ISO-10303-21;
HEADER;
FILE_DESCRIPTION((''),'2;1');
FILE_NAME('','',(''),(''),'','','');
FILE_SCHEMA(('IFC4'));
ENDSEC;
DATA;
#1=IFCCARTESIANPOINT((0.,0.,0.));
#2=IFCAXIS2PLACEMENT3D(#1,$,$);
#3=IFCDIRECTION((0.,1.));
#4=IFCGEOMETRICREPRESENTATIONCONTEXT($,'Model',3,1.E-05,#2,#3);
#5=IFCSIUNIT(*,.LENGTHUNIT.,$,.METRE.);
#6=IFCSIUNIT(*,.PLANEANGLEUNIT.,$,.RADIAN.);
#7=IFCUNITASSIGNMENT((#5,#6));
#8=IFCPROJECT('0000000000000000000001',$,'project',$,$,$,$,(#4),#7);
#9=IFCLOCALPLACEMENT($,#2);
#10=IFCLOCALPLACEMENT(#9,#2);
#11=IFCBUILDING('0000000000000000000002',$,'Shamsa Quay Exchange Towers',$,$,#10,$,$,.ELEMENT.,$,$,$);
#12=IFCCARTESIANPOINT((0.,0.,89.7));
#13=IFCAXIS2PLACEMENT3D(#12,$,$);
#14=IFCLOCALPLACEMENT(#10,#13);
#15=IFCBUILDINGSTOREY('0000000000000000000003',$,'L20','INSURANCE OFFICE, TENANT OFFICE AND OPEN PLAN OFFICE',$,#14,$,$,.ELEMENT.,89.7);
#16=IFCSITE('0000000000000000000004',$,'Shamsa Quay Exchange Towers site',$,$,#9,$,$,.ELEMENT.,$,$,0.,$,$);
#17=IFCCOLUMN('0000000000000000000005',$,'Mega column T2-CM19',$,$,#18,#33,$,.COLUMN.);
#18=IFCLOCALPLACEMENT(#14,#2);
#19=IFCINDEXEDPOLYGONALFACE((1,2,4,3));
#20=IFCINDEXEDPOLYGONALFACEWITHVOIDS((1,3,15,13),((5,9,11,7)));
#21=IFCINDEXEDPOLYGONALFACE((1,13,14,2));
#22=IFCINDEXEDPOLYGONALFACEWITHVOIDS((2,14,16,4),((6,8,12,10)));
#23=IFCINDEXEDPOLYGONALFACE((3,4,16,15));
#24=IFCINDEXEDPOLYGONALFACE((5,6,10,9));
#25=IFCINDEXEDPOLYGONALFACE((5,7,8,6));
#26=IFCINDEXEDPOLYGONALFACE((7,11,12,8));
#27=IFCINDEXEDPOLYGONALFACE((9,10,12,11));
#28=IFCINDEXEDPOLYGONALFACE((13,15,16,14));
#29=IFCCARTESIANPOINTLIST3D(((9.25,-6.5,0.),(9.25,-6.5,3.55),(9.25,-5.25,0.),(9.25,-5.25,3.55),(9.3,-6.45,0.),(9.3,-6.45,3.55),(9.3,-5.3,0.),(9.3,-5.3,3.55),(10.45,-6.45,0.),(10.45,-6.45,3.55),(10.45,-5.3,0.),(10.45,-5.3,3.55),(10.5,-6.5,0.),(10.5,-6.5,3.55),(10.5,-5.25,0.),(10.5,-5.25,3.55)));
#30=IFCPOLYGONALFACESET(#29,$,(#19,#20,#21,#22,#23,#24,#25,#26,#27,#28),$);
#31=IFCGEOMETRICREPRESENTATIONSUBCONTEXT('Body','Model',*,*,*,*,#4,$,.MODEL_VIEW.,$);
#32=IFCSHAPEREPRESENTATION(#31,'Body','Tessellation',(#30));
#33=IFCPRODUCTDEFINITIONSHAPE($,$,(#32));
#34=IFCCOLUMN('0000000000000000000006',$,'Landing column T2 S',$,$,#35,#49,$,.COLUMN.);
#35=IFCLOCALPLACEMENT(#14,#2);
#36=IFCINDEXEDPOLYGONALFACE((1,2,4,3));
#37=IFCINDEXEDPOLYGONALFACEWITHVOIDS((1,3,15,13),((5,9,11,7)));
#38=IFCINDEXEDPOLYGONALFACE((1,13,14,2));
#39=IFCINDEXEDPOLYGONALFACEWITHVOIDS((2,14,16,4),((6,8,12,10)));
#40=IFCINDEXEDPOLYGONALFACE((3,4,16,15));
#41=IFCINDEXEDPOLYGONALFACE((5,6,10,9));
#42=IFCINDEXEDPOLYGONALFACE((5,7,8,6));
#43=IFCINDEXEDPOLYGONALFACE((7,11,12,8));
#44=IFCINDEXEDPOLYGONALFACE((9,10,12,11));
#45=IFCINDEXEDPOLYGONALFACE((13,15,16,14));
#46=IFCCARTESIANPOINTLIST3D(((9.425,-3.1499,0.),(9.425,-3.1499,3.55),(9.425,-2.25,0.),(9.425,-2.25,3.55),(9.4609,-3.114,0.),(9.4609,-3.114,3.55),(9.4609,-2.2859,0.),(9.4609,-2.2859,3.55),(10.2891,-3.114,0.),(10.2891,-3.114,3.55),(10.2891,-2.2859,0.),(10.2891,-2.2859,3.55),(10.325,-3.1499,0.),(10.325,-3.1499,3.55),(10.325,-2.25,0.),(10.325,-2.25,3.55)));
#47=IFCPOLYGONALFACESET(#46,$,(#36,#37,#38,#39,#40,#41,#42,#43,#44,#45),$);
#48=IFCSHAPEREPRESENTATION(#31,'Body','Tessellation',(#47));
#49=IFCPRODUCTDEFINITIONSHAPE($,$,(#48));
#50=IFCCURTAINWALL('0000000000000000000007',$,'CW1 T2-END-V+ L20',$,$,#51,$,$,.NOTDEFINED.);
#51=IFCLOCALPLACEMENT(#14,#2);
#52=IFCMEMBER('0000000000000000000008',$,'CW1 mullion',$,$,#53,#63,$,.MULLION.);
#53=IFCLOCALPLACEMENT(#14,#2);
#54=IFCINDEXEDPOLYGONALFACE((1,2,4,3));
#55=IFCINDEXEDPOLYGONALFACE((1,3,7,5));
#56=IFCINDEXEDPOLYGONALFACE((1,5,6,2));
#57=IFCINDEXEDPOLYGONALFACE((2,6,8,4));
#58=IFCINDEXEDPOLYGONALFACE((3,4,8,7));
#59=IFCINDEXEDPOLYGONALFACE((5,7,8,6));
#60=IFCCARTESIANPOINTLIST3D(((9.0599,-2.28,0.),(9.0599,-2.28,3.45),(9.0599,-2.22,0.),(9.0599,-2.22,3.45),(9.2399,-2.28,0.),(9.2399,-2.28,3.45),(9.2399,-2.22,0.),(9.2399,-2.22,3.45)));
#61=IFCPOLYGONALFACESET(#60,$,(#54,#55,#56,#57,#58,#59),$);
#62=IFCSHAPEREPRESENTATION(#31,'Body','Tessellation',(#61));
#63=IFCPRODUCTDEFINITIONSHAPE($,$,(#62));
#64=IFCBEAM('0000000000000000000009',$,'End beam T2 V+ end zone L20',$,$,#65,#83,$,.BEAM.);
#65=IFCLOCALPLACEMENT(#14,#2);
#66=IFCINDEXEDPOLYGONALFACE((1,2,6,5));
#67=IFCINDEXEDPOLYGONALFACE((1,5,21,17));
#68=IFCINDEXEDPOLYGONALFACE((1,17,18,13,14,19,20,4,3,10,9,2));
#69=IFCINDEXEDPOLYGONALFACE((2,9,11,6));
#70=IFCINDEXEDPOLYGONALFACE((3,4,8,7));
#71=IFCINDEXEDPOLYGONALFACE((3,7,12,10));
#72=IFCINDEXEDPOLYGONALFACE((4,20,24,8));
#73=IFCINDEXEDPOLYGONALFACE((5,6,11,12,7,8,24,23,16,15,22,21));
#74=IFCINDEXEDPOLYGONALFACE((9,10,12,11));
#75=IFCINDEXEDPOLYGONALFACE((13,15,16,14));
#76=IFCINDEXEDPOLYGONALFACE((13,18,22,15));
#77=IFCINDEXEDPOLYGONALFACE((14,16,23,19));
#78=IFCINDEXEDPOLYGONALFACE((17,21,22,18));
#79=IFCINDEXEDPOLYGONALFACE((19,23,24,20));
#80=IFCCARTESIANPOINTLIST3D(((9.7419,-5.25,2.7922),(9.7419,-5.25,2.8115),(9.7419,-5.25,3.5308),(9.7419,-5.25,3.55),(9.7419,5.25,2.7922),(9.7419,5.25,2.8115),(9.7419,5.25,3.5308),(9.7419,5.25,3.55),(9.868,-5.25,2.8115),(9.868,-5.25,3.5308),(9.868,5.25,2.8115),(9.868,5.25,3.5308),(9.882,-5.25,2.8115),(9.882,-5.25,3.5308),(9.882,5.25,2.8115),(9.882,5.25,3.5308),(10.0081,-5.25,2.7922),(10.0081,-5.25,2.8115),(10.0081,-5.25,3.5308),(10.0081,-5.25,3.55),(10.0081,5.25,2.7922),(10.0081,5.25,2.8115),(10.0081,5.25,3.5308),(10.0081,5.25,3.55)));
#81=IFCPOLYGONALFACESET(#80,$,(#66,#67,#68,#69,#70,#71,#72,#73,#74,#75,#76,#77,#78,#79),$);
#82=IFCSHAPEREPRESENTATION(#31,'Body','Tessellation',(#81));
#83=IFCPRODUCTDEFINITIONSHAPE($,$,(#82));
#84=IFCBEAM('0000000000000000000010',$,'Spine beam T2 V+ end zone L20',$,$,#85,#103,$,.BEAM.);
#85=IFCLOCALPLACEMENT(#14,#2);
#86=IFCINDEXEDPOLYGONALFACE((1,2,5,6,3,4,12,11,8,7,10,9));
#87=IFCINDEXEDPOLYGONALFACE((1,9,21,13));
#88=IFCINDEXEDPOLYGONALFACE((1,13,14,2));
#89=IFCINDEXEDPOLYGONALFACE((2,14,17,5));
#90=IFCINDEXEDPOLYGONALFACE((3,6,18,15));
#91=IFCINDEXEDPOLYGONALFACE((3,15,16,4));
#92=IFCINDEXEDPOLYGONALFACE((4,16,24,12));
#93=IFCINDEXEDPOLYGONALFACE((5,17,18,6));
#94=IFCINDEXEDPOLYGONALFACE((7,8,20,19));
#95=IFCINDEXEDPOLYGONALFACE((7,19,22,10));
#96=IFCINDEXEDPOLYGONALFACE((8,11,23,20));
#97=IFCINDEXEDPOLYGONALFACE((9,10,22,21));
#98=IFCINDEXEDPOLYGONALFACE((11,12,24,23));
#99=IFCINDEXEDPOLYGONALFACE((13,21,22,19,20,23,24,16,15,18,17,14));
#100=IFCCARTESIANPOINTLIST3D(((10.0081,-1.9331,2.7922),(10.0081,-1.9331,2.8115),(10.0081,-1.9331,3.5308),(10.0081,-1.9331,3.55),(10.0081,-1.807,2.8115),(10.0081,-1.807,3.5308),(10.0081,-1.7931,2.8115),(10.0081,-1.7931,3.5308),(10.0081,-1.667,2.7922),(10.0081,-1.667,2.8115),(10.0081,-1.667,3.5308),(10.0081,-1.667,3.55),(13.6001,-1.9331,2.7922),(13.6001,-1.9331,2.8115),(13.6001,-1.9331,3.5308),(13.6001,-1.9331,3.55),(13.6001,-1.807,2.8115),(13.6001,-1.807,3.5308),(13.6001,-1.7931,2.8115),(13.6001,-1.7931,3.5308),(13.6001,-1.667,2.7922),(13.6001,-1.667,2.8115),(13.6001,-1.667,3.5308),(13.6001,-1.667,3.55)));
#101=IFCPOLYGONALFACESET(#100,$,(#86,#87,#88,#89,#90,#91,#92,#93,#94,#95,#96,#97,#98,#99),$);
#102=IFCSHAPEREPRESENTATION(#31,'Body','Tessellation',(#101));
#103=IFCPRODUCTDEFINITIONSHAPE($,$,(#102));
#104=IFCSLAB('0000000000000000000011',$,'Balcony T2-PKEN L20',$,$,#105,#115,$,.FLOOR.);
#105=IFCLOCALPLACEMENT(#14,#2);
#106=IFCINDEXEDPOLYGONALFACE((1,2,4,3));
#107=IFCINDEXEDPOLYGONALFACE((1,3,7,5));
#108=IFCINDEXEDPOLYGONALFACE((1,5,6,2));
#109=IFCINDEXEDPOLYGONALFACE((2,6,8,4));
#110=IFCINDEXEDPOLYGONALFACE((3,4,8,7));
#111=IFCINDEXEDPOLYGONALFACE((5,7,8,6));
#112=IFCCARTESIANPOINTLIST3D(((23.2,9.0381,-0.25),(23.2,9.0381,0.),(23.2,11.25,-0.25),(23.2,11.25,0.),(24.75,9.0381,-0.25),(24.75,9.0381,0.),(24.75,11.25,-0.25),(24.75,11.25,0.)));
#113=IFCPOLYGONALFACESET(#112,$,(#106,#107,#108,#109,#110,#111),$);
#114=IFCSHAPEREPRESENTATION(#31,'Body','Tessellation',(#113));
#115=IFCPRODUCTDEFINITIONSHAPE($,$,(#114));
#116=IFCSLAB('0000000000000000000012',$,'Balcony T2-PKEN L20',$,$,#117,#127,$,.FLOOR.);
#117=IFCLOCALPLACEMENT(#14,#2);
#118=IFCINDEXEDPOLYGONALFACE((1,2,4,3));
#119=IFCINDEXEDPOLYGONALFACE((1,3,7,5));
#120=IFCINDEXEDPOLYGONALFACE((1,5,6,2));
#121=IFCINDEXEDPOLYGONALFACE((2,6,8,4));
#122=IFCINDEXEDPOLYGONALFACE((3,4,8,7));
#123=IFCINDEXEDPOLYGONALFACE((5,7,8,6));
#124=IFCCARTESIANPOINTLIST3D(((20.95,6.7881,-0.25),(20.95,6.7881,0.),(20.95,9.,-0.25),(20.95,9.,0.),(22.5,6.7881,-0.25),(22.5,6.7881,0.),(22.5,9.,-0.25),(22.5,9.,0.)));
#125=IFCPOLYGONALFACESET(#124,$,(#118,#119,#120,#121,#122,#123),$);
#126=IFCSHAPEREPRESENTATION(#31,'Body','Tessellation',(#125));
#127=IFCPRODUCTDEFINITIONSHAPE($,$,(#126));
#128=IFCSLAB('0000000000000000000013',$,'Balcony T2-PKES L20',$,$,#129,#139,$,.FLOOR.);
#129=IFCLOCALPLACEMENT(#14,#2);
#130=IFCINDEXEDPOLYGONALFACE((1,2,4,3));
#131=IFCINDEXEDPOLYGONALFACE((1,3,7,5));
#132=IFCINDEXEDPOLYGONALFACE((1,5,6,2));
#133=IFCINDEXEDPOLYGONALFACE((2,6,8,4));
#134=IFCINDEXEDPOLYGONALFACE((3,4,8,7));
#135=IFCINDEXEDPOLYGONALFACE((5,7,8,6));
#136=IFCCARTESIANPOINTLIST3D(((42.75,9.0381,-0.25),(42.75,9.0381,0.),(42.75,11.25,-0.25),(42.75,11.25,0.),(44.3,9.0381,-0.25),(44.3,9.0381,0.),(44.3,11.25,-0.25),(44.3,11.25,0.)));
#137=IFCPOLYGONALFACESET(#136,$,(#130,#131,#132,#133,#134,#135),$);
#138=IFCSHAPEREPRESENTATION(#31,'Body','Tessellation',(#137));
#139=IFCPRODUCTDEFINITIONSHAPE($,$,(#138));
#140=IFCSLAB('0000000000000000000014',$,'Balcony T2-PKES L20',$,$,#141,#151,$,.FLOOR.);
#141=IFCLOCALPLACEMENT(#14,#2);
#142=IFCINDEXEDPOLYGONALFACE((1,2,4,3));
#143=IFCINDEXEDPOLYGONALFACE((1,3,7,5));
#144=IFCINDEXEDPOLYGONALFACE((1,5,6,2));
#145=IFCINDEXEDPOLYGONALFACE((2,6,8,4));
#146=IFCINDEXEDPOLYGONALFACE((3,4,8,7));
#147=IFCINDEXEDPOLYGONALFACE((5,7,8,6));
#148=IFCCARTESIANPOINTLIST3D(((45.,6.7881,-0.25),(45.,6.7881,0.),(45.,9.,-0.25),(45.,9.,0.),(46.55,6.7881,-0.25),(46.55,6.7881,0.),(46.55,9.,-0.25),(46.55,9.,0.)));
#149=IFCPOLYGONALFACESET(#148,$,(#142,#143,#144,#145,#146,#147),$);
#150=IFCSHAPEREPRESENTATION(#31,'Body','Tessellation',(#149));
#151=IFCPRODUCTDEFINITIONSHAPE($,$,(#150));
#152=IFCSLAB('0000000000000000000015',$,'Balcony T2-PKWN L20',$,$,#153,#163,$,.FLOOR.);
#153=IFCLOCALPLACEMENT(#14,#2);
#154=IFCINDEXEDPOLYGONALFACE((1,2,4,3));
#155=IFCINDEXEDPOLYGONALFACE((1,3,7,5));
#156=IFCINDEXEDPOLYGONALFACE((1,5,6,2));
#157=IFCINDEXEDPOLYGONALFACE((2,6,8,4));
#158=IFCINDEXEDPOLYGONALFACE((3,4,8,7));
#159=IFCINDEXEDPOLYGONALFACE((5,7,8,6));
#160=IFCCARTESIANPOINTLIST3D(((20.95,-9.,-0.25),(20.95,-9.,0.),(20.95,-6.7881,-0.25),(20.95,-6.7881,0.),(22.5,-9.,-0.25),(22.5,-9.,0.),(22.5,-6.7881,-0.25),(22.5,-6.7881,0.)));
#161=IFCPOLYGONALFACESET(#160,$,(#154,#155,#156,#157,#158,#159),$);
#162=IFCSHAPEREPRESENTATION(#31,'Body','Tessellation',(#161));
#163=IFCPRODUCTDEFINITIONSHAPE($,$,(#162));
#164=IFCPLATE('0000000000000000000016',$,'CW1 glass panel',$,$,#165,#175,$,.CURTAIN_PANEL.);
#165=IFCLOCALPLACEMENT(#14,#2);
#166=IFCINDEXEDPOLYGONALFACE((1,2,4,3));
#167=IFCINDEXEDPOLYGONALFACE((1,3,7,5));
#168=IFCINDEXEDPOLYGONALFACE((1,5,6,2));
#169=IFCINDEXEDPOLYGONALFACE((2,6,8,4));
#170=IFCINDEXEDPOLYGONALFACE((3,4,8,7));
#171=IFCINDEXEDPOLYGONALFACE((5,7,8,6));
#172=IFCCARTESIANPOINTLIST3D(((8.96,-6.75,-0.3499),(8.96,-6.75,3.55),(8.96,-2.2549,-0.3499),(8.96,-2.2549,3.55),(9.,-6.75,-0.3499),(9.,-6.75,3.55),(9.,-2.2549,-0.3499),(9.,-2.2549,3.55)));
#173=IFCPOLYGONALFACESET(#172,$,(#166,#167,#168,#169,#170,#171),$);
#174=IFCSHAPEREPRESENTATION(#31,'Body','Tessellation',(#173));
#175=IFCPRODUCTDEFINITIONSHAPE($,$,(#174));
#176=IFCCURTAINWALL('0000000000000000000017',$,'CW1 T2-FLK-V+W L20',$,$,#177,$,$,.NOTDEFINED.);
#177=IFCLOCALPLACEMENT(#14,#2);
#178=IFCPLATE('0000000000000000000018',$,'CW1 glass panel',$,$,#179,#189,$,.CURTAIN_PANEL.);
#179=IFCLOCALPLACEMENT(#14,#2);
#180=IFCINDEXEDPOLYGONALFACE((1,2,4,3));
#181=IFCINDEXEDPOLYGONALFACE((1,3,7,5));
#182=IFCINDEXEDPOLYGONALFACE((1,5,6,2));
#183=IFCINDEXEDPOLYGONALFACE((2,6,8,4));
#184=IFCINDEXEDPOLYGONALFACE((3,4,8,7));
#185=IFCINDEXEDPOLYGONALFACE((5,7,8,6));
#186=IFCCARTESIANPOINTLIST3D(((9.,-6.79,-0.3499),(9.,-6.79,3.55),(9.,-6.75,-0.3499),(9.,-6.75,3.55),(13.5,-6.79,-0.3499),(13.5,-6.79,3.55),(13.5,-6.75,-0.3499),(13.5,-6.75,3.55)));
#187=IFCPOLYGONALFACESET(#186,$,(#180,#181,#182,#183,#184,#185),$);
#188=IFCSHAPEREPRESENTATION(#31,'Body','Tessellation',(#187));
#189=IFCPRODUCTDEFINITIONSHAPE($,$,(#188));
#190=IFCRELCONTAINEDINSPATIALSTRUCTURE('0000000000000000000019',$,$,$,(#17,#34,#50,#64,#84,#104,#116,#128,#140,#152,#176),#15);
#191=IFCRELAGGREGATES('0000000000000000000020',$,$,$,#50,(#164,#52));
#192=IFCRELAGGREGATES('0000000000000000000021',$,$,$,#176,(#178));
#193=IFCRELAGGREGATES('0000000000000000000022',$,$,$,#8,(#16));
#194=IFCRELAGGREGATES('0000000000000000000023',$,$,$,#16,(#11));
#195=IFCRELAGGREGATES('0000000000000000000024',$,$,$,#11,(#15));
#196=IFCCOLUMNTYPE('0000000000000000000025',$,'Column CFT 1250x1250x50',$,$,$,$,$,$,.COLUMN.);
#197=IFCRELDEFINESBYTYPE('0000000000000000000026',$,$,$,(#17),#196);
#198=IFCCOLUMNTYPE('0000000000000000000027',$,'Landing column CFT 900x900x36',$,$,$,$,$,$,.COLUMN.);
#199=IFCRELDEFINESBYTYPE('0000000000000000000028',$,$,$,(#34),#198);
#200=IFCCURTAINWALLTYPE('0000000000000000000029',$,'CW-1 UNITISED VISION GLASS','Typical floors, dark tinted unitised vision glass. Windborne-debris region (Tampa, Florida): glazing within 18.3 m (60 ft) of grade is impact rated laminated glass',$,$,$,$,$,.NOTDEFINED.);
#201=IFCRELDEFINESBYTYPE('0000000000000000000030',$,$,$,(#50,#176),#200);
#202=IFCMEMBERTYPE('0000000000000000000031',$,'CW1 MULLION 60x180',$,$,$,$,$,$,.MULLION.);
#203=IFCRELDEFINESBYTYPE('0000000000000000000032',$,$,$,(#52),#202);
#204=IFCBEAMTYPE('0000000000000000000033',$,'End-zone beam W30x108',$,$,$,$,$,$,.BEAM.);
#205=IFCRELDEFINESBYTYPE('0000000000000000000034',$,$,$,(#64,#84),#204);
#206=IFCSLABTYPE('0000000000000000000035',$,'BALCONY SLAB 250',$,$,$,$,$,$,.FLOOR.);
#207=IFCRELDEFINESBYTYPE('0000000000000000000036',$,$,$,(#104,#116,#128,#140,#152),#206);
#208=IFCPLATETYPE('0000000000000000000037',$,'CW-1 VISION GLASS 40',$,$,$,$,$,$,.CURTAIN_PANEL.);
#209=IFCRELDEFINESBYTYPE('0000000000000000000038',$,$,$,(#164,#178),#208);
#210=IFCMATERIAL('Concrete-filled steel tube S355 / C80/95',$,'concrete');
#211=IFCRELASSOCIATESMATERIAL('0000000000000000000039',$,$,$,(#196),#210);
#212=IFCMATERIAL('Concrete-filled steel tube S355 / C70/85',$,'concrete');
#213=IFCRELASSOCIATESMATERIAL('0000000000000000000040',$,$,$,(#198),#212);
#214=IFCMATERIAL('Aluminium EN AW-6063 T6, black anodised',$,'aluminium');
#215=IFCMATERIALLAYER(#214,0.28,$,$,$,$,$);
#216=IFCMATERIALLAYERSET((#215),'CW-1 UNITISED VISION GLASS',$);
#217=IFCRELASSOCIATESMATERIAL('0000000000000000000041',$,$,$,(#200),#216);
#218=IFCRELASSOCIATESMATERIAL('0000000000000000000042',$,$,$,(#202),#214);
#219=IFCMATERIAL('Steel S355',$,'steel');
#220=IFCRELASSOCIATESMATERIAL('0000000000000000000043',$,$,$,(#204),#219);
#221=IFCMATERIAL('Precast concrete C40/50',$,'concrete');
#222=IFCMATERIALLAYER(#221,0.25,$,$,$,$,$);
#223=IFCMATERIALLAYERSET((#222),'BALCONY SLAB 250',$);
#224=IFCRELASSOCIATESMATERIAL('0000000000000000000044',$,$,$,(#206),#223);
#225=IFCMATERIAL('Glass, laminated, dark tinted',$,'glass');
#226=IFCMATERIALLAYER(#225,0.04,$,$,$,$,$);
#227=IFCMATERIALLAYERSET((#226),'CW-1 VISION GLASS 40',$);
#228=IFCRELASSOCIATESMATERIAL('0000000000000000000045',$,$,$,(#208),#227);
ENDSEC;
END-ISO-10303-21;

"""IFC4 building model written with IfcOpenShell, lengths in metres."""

from ifc_helpers import new_model, si_unit, direction, frame, origin, origin_2d, place, context, subcontext, project, spatial, polyline, rectangle, hollow_rectangle, i_section, outline, extrude, material, layer, layer_set, material_profile, profile_set, type_object, element, aggregate, save


model = new_model("IFC4")

# Units and contexts
model_context = context("Model", 3, precision=1e-05, world=origin(), true_north=direction((0.0, 1.0)))
body_context = subcontext(model_context, "Body", "Model", "MODEL_VIEW")
ifc_project = project(units=[si_unit("LENGTHUNIT", "METRE"), si_unit("PLANEANGLEUNIT", "RADIAN")], contexts=[model_context])

# Site, building, storey
site_placement = place(None, origin())
site = spatial("IfcSite", under=ifc_project, at=site_placement, Name="Shamsa Quay Exchange Towers site", CompositionType="ELEMENT", RefElevation=0.0)
building_placement = place(site_placement, origin())
building = spatial("IfcBuilding", under=site, at=building_placement, Name="Shamsa Quay Exchange Towers", CompositionType="ELEMENT")
storey_placement = place(building_placement, frame((0.0, 0.0, 89.7)))
storey = spatial("IfcBuildingStorey", under=building, at=storey_placement, Name="L20", Description="INSURANCE OFFICE, TENANT OFFICE AND OPEN PLAN OFFICE", CompositionType="ELEMENT", Elevation=89.7)

# Columns
ifc_material_1 = material(Name="Concrete-filled steel tube S355 / C80/95", Category="concrete")
ifc_material_profile_1 = material_profile(ifc_material_1, hollow_rectangle(XDim=1.25, YDim=1.25, WallThickness=0.05, at=origin_2d()), Name="CFT 1250x1250x50")
ifc_profile_set_1 = profile_set([ifc_material_profile_1], Name="Concrete-filled steel tube S355 / C80/95")
column_type_1 = type_object("IfcColumnType", Name="Column CFT 1250x1250x50", PredefinedType="COLUMN", material=ifc_profile_set_1)
column_1_placement = place(storey_placement, frame((9.875, -5.875, 0.0)))
element("IfcColumn", 1, at=column_1_placement, inside=storey, type_object=column_type_1, Name="Mega column T2-CM19", PredefinedType="COLUMN", context=body_context, shape_type="SweptSolid", body=[
    extrude(hollow_rectangle(XDim=1.25, YDim=1.25, WallThickness=0.05, at=origin_2d()), origin(), (0.0, 0.0, 1.0), 3.55),
])
ifc_material_2 = material(Name="Concrete-filled steel tube S355 / C70/85", Category="concrete")
ifc_material_profile_2 = material_profile(ifc_material_2, hollow_rectangle(XDim=0.8999, YDim=0.8999, WallThickness=0.0359, at=origin_2d()), Name="CFT 900x900x36")
ifc_profile_set_2 = profile_set([ifc_material_profile_2], Name="Concrete-filled steel tube S355 / C70/85")
column_type_2 = type_object("IfcColumnType", Name="Landing column CFT 900x900x36", PredefinedType="COLUMN", material=ifc_profile_set_2)
column_2_placement = place(storey_placement, frame((9.875, -2.7, 0.0)))
element("IfcColumn", 2, at=column_2_placement, inside=storey, type_object=column_type_2, Name="Landing column T2 S", PredefinedType="COLUMN", context=body_context, shape_type="SweptSolid", body=[
    extrude(hollow_rectangle(XDim=0.8999, YDim=0.8999, WallThickness=0.0359, at=origin_2d()), origin(), (0.0, 0.0, 1.0), 3.55),
])

# Curtain wall, member
ifc_material_3 = material(Name="Aluminium EN AW-6063 T6, black anodised", Category="aluminium")
ifc_layer_1 = layer(ifc_material_3, 0.28)
ifc_layer_set_1 = layer_set([ifc_layer_1], Name="CW-1 UNITISED VISION GLASS")
curtain_wall_type = type_object("IfcCurtainWallType", Name="CW-1 UNITISED VISION GLASS", Description="Typical floors, dark tinted unitised vision glass. Windborne-debris region (Tampa, Florida): glazing within 18.3 m (60 ft) of grade is impact rated laminated glass", PredefinedType="NOTDEFINED", material=ifc_layer_set_1)
curtain_wall_1_placement = place(storey_placement, origin())
curtain_wall_1 = element("IfcCurtainWall", 3, at=curtain_wall_1_placement, inside=storey, type_object=curtain_wall_type, Name="CW1 T2-END-V+ L20", PredefinedType="NOTDEFINED")
ifc_material_profile_3 = material_profile(ifc_material_3, rectangle(XDim=0.1799, YDim=0.0601, at=origin_2d()), Name="MU60x180")
ifc_profile_set_3 = profile_set([ifc_material_profile_3], Name="Aluminium EN AW-6063 T6, black anodised")
member_type = type_object("IfcMemberType", Name="CW1 MULLION 60x180", PredefinedType="MULLION", material=ifc_profile_set_3)
member_placement = place(storey_placement, frame((9.1499, -2.25, 0.0)))
member = element("IfcMember", 4, at=member_placement, type_object=member_type, Name="CW1 mullion", PredefinedType="MULLION", context=body_context, shape_type="SweptSolid", body=[
    extrude(rectangle(XDim=0.1799, YDim=0.0601, at=origin_2d()), origin(), (0.0, 0.0, 1.0), 3.45),
])

# Beams
ifc_material_4 = material(Name="Steel S355", Category="steel")
ifc_material_profile_4 = material_profile(ifc_material_4, i_section(OverallWidth=0.2661, OverallDepth=0.7578, WebThickness=0.0139, FlangeThickness=0.0193, at=origin_2d()), Name="W30x108")
ifc_profile_set_4 = profile_set([ifc_material_profile_4], Name="Steel S355")
beam_type = type_object("IfcBeamType", Name="End-zone beam W30x108", PredefinedType="BEAM", material=ifc_profile_set_4)
beam_1_placement = place(storey_placement, frame((9.875, -5.25, 3.1711), z_axis=(0.0, 1.0, 0.0), x_axis=(-1.0, 0.0, 0.0)))
element("IfcBeam", 5, at=beam_1_placement, inside=storey, type_object=beam_type, Name="End beam T2 V+ end zone L20", PredefinedType="BEAM", context=body_context, shape_type="SweptSolid", body=[
    extrude(i_section(OverallWidth=0.2661, OverallDepth=0.7578, WebThickness=0.0139, FlangeThickness=0.0193, at=origin_2d()), origin(), (0.0, 0.0, 1.0), 10.5),
])
beam_2_placement = place(storey_placement, frame((13.6001, -1.8, 3.1711), z_axis=(-1.0, 0.0, 0.0), x_axis=(0.0, -1.0, 0.0)))
element("IfcBeam", 6, at=beam_2_placement, inside=storey, type_object=beam_type, Name="Spine beam T2 V+ end zone L20", PredefinedType="BEAM", context=body_context, shape_type="SweptSolid", body=[
    extrude(i_section(OverallWidth=0.2661, OverallDepth=0.7578, WebThickness=0.0139, FlangeThickness=0.0193, at=origin_2d()), origin(), (0.0, 0.0, 1.0), 3.592),
])

# Slabs
ifc_material_5 = material(Name="Precast concrete C40/50", Category="concrete")
ifc_layer_2 = layer(ifc_material_5, 0.25)
ifc_layer_set_2 = layer_set([ifc_layer_2], Name="BALCONY SLAB 250")
slab_type_1 = type_object("IfcSlabType", Name="BALCONY SLAB 250", PredefinedType="FLOOR", material=ifc_layer_set_2)
slab_1_placement = place(storey_placement, frame((0.0, 0.0, -0.25)))
element("IfcSlab", 7, at=slab_1_placement, inside=storey, type_object=slab_type_1, Name="Balcony T2-PKEN L20", PredefinedType="FLOOR", context=body_context, shape_type="SweptSolid", body=[
    extrude(outline(polyline([(24.75, 11.25), (24.75, 9.0381), (23.2, 9.0381), (23.2, 11.25), (24.75, 11.25)])), origin(), (0.0, 0.0, 1.0), 0.25),
])
slab_2_placement = place(storey_placement, frame((0.0, 0.0, -0.25)))
element("IfcSlab", 8, at=slab_2_placement, inside=storey, type_object=slab_type_1, Name="Balcony T2-PKEN L20", PredefinedType="FLOOR", context=body_context, shape_type="SweptSolid", body=[
    extrude(outline(polyline([(22.5, 9.0), (22.5, 6.7881), (20.95, 6.7881), (20.95, 9.0), (22.5, 9.0)])), origin(), (0.0, 0.0, 1.0), 0.25),
])
slab_3_placement = place(storey_placement, frame((0.0, 0.0, -0.25)))
element("IfcSlab", 9, at=slab_3_placement, inside=storey, type_object=slab_type_1, Name="Balcony T2-PKES L20", PredefinedType="FLOOR", context=body_context, shape_type="SweptSolid", body=[
    extrude(outline(polyline([(42.75, 9.0381), (42.75, 11.25), (44.3, 11.25), (44.3, 9.0381), (42.75, 9.0381)])), origin(), (0.0, 0.0, 1.0), 0.25),
])
slab_4_placement = place(storey_placement, frame((0.0, 0.0, -0.25)))
element("IfcSlab", 10, at=slab_4_placement, inside=storey, type_object=slab_type_1, Name="Balcony T2-PKES L20", PredefinedType="FLOOR", context=body_context, shape_type="SweptSolid", body=[
    extrude(outline(polyline([(45.0, 6.7881), (45.0, 9.0), (46.55, 9.0), (46.55, 6.7881), (45.0, 6.7881)])), origin(), (0.0, 0.0, 1.0), 0.25),
])
slab_5_placement = place(storey_placement, frame((0.0, 0.0, -0.25)))
element("IfcSlab", 11, at=slab_5_placement, inside=storey, type_object=slab_type_1, Name="Balcony T2-PKWN L20", PredefinedType="FLOOR", context=body_context, shape_type="SweptSolid", body=[
    extrude(outline(polyline([(22.5, -6.7881), (22.5, -9.0), (20.95, -9.0), (20.95, -6.7881), (22.5, -6.7881)])), origin(), (0.0, 0.0, 1.0), 0.25),
])

# Plate
ifc_material_6 = material(Name="Glass, laminated, dark tinted", Category="glass")
ifc_layer_3 = layer(ifc_material_6, 0.04)
ifc_layer_set_3 = layer_set([ifc_layer_3], Name="CW-1 VISION GLASS 40")
plate_type = type_object("IfcPlateType", Name="CW-1 VISION GLASS 40", PredefinedType="CURTAIN_PANEL", material=ifc_layer_set_3)
plate_1_placement = place(storey_placement, frame((8.98, -4.5024, -0.3499), z_axis=(0.0, 0.0, 1.0), x_axis=(0.0, -1.0, 0.0)))
plate_1 = element("IfcPlate", 12, at=plate_1_placement, type_object=plate_type, Name="CW1 glass panel", PredefinedType="CURTAIN_PANEL", context=body_context, shape_type="SweptSolid", body=[
    extrude(rectangle(XDim=4.4951, YDim=0.04, at=origin_2d()), origin(), (0.0, 0.0, 1.0), 3.8999),
])
aggregate(curtain_wall_1, [plate_1, member])

# Curtain wall, plate
curtain_wall_2_placement = place(storey_placement, origin())
curtain_wall_2 = element("IfcCurtainWall", 13, at=curtain_wall_2_placement, inside=storey, type_object=curtain_wall_type, Name="CW1 T2-FLK-V+W L20", PredefinedType="NOTDEFINED")
plate_2_placement = place(storey_placement, frame((11.25, -6.77, -0.3499)))
plate_2 = element("IfcPlate", 14, at=plate_2_placement, type_object=plate_type, Name="CW1 glass panel", PredefinedType="CURTAIN_PANEL", context=body_context, shape_type="SweptSolid", body=[
    extrude(rectangle(XDim=4.5, YDim=0.04, at=origin_2d()), origin(), (0.0, 0.0, 1.0), 3.8999),
])
aggregate(curtain_wall_2, [plate_2])

save(model, "model.ifc")
